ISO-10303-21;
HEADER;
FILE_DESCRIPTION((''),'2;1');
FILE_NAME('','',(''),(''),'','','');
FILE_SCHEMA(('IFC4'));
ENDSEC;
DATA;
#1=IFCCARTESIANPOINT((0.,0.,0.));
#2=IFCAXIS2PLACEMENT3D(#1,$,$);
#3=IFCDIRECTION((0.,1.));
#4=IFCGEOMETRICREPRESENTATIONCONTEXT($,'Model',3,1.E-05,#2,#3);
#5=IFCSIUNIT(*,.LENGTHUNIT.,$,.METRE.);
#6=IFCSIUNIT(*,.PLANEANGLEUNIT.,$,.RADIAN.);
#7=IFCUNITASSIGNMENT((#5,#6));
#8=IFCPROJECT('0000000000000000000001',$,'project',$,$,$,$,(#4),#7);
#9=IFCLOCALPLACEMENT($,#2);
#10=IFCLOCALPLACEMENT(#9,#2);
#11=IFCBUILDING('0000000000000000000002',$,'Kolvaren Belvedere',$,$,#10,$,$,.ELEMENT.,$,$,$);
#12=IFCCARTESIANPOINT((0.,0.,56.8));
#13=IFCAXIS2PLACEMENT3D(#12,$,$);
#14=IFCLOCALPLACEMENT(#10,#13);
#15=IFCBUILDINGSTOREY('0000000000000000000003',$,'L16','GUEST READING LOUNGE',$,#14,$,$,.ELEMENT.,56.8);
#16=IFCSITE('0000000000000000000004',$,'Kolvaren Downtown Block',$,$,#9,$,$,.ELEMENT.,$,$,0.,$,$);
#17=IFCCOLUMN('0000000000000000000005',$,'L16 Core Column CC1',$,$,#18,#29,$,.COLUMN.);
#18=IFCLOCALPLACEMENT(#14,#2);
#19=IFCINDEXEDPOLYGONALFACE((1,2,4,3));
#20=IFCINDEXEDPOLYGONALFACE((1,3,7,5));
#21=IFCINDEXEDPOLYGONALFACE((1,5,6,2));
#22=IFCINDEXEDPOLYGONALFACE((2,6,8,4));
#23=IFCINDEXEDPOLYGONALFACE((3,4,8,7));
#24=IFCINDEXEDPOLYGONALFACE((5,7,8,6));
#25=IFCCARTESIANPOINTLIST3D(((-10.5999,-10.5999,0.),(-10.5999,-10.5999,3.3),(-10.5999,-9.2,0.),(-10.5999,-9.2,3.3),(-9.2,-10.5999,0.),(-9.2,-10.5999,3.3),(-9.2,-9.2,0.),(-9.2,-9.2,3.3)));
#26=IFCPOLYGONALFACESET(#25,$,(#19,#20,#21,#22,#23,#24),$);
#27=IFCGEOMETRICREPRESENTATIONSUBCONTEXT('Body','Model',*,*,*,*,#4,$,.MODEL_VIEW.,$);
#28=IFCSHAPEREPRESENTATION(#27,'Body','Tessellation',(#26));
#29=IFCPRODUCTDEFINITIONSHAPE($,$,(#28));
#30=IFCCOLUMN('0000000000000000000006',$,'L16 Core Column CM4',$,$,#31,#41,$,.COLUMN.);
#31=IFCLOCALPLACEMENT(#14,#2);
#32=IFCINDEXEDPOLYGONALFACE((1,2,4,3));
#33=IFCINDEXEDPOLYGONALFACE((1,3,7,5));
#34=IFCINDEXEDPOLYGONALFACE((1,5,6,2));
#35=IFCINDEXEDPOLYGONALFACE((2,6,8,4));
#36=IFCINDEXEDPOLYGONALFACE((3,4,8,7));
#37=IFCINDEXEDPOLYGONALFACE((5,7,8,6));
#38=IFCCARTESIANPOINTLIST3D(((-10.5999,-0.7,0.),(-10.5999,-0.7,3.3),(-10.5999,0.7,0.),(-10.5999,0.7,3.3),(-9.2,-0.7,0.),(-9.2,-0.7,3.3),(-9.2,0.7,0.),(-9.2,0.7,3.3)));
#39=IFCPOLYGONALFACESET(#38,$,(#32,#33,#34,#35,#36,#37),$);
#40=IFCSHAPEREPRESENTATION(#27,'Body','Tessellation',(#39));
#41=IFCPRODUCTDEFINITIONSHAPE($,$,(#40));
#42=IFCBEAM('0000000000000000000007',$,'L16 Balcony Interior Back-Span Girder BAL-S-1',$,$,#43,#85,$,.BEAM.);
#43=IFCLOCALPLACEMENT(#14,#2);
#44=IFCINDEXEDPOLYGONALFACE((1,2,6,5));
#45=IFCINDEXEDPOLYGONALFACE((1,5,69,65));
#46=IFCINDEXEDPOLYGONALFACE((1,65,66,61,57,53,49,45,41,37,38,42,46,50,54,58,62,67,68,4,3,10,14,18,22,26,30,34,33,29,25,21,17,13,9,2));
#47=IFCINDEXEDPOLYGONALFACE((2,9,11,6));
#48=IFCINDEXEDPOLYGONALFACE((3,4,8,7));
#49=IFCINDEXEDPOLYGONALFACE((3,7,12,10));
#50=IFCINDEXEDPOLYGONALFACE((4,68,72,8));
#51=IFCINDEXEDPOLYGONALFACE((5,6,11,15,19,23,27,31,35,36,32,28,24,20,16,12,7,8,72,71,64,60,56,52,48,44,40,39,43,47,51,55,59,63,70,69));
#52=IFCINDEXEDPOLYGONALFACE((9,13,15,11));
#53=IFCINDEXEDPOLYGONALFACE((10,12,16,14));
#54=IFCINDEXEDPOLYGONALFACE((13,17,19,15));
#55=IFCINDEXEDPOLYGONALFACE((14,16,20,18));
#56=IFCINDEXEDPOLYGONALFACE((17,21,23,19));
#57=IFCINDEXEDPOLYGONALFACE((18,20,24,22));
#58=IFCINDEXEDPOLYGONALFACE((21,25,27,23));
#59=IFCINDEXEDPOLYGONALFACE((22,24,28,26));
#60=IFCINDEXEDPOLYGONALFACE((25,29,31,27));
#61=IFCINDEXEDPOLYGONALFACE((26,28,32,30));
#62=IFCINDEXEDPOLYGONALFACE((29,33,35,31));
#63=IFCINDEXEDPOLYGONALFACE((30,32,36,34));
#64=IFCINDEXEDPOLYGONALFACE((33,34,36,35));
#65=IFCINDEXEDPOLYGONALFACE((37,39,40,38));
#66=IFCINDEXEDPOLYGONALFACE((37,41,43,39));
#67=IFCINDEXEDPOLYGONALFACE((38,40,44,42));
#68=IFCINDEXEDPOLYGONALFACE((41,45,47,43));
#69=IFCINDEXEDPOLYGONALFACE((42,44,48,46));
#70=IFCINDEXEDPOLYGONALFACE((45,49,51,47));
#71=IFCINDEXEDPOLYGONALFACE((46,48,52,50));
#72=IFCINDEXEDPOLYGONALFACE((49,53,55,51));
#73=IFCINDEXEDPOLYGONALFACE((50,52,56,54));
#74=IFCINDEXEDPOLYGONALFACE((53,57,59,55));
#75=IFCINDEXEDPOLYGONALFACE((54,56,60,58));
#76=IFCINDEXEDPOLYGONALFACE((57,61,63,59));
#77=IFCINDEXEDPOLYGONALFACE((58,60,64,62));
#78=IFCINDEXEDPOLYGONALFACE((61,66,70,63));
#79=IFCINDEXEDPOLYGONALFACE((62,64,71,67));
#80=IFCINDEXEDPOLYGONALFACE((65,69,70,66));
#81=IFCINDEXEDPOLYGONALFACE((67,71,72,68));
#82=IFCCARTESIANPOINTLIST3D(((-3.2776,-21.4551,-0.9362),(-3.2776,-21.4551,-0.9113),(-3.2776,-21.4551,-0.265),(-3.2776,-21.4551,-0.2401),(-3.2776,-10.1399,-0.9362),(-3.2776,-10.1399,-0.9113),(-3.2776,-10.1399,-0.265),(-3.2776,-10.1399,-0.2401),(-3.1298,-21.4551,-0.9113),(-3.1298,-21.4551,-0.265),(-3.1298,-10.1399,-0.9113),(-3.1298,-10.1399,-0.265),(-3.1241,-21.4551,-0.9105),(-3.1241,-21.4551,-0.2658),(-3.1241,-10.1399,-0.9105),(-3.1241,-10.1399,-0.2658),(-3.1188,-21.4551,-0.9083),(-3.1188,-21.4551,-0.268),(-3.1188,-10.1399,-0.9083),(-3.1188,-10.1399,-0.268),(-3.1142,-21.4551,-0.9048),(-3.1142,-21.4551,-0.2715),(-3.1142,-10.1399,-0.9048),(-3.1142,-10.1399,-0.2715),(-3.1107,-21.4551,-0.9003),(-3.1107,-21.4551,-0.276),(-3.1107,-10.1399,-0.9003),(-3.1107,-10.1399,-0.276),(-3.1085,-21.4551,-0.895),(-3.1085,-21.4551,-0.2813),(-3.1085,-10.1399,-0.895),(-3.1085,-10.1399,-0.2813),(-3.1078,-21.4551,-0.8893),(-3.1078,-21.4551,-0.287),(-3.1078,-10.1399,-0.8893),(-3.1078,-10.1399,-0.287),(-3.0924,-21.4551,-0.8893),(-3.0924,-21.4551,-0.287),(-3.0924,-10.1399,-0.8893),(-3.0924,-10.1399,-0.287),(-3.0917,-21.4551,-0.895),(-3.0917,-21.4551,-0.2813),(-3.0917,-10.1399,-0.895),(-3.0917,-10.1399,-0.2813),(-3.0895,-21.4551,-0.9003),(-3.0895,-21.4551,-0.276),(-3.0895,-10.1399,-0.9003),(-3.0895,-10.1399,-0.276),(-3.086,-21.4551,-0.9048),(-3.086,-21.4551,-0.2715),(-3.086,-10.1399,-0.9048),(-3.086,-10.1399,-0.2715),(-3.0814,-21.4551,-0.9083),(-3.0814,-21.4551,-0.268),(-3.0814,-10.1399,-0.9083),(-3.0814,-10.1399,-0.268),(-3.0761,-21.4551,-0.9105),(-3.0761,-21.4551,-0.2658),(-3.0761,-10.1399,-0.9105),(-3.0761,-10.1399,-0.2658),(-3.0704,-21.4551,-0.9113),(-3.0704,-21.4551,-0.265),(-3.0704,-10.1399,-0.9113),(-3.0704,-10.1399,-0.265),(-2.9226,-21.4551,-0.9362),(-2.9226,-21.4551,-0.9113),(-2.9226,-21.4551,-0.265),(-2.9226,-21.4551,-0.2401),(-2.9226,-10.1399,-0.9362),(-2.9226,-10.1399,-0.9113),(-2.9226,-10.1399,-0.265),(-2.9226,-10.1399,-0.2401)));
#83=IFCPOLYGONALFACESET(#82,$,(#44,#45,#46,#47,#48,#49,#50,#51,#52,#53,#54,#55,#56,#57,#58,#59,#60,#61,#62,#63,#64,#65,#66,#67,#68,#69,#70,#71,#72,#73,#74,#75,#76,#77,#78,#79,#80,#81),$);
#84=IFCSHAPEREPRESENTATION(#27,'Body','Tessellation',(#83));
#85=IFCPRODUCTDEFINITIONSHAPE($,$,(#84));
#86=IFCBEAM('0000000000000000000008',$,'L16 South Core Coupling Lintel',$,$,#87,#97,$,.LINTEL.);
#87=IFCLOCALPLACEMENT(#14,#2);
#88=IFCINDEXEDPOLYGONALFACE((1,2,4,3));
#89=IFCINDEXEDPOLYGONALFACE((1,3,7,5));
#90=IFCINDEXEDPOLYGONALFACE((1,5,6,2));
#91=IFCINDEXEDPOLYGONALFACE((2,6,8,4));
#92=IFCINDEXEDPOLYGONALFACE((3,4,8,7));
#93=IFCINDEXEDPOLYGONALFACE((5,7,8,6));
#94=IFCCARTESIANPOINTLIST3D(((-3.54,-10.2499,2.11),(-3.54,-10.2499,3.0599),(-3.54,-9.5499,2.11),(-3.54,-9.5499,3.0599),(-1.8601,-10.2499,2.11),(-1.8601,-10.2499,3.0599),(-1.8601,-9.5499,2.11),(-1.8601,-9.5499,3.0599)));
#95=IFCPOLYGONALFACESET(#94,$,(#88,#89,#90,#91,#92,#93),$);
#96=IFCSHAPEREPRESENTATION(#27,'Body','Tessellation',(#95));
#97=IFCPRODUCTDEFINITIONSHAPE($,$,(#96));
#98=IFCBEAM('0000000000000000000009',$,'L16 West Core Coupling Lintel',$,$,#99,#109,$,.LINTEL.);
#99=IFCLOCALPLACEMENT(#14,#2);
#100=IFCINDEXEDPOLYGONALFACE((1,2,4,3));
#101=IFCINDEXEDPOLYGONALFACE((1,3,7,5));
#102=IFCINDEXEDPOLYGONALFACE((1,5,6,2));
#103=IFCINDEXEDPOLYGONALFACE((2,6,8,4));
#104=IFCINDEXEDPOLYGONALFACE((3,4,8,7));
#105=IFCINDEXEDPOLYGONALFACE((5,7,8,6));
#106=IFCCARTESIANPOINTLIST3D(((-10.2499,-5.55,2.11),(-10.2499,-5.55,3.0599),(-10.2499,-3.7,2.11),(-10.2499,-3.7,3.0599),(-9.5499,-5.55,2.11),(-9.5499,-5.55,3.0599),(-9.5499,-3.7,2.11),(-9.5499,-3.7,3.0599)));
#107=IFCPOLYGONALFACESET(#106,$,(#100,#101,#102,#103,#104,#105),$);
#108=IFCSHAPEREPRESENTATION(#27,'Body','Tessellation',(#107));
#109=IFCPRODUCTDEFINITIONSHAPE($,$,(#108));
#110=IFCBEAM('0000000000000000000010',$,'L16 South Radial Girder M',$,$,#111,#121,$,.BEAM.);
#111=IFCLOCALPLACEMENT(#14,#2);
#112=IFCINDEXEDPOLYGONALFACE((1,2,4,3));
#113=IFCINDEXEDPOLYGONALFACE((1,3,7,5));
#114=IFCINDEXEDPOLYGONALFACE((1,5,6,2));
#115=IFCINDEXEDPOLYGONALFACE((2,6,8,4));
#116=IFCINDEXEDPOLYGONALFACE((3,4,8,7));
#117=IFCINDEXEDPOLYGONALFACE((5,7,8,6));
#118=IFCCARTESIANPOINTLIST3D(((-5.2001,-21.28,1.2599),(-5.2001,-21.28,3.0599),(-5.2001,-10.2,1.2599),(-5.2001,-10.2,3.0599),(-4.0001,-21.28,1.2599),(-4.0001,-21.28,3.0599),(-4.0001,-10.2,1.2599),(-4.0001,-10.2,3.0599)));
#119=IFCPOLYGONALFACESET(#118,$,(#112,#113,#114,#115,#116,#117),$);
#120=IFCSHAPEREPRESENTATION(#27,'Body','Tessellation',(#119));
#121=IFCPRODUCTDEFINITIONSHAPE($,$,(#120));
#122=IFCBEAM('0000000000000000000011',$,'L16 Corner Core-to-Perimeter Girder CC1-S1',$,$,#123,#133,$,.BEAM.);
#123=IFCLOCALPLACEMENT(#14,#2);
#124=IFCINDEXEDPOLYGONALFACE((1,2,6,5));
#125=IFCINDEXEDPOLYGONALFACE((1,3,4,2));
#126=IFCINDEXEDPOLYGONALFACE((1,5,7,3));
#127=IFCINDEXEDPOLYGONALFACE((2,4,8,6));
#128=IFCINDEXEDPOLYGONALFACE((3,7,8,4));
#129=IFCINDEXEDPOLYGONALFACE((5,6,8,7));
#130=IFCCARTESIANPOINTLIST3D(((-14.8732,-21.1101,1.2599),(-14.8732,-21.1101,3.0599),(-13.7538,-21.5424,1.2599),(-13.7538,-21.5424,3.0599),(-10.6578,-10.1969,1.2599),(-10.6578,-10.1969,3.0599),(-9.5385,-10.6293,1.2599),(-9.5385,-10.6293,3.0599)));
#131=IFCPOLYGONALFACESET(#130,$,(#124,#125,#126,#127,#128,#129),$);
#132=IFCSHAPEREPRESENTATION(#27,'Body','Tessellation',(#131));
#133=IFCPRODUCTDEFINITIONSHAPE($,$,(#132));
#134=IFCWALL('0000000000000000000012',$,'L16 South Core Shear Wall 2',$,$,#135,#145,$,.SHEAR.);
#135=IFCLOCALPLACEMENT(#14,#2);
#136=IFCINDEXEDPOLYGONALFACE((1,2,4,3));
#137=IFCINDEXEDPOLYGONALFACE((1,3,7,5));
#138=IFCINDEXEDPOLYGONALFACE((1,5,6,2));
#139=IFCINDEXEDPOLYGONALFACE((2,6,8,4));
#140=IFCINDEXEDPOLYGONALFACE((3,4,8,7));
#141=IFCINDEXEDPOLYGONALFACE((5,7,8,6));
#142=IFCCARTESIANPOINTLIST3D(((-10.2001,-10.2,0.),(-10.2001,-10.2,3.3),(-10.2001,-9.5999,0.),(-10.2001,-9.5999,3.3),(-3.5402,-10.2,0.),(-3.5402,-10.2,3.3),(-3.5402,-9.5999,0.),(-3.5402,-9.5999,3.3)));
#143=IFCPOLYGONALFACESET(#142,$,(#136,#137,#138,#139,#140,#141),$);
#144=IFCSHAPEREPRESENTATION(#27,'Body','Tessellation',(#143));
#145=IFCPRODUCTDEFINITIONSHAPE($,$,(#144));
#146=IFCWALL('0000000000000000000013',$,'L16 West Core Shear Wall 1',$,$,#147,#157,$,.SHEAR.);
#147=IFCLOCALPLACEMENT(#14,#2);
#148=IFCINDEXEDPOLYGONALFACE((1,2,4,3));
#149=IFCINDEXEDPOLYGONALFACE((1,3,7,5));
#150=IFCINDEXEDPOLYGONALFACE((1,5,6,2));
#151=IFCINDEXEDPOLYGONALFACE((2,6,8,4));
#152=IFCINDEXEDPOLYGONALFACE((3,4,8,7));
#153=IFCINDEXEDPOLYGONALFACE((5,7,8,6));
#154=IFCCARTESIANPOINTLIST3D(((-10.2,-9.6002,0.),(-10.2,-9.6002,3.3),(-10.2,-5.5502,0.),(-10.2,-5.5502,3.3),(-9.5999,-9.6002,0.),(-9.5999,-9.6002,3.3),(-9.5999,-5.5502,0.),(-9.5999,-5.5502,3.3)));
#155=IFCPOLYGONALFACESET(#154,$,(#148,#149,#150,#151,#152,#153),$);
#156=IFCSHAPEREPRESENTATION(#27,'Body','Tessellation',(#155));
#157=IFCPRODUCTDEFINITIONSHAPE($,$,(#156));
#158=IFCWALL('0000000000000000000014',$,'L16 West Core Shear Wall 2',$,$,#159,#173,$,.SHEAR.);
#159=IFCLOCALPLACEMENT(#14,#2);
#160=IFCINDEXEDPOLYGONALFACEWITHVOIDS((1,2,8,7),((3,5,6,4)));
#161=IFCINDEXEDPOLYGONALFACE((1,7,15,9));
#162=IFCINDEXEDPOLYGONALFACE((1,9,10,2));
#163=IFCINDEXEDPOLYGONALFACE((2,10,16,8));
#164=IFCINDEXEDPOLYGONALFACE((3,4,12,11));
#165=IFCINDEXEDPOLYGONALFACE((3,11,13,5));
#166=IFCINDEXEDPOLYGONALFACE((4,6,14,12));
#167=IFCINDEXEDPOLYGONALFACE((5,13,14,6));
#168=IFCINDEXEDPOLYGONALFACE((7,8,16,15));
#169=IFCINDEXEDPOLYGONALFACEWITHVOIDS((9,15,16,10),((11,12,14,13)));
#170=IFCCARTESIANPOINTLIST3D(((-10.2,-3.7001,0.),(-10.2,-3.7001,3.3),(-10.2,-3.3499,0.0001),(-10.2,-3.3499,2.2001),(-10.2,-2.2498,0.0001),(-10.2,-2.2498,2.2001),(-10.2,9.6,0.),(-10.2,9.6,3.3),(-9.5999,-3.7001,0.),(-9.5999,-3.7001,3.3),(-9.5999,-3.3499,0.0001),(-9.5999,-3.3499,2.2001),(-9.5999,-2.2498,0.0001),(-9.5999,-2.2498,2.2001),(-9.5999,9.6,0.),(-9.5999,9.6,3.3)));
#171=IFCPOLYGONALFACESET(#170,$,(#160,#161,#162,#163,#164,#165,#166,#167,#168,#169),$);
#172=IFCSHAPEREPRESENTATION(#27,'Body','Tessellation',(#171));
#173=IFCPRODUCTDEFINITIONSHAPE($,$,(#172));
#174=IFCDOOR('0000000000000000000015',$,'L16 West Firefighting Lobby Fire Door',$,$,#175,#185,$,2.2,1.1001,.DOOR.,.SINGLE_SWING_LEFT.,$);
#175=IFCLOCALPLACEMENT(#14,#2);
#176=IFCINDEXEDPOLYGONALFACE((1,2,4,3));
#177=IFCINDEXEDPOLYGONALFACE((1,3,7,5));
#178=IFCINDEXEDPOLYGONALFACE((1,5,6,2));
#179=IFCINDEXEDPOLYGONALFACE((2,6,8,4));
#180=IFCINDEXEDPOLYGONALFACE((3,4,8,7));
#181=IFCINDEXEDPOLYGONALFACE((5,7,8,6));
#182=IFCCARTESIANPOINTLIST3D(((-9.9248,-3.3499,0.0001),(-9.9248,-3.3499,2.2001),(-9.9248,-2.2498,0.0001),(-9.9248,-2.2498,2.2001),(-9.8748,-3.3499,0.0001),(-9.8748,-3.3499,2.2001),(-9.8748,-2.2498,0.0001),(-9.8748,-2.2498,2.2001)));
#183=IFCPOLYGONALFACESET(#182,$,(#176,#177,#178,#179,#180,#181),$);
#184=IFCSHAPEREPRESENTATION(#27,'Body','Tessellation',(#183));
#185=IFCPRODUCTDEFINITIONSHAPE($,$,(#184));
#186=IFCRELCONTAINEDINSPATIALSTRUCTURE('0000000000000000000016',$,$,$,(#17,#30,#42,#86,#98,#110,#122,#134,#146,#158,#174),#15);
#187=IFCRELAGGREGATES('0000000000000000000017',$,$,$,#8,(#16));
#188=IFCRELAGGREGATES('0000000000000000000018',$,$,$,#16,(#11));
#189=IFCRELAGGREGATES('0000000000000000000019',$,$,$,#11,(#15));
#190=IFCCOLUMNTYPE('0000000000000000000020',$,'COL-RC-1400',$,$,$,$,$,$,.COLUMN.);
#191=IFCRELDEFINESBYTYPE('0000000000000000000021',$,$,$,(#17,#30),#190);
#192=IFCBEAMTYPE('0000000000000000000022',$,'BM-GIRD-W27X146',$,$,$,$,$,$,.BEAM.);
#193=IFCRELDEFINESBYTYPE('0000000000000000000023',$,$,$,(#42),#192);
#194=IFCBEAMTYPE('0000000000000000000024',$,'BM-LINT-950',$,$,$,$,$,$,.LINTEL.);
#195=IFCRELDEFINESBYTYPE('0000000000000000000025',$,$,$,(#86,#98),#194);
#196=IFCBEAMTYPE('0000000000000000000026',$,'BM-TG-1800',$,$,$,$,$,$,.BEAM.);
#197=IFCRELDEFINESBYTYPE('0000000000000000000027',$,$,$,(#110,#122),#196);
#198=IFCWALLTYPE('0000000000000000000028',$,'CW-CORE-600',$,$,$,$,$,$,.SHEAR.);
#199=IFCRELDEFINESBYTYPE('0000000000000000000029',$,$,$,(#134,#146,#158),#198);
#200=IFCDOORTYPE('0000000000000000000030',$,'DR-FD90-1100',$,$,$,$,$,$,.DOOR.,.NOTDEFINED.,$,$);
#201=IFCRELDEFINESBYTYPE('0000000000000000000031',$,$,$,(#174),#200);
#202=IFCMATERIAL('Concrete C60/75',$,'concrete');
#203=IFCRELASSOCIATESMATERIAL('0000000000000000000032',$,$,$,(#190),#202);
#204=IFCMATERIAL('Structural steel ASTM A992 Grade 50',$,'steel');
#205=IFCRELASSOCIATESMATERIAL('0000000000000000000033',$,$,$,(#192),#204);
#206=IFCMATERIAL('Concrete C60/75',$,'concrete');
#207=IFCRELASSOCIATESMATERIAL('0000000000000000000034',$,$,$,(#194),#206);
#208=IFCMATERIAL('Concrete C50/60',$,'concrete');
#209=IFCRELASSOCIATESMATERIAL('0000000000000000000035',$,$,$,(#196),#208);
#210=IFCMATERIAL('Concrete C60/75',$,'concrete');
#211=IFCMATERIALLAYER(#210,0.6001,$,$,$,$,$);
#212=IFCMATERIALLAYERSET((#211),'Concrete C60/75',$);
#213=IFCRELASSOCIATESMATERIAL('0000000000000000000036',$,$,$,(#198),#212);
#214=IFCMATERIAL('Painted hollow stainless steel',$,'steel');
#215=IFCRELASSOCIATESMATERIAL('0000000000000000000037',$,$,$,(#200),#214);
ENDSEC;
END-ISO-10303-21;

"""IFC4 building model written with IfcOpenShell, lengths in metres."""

from ifc_helpers import new_model, si_unit, direction, frame, frame_2d, origin, origin_2d, place, context, subcontext, project, spatial, rectangle, i_section, extrude, material, layer, layer_set, material_profile, profile_set, type_object, element, fill, save


model = new_model("IFC4")

# Units and contexts
model_context = context("Model", 3, precision=1e-05, world=origin(), true_north=direction((0.0, 1.0)))
body_context = subcontext(model_context, "Body", "Model", "MODEL_VIEW")
ifc_project = project(units=[si_unit("LENGTHUNIT", "METRE"), si_unit("PLANEANGLEUNIT", "RADIAN")], contexts=[model_context])

# Site, building, storey
site_placement = place(None, origin())
site = spatial("IfcSite", under=ifc_project, at=site_placement, Name="Kolvaren Downtown Block", CompositionType="ELEMENT", RefElevation=0.0)
building_placement = place(site_placement, origin())
building = spatial("IfcBuilding", under=site, at=building_placement, Name="Kolvaren Belvedere", CompositionType="ELEMENT")
storey_placement = place(building_placement, frame((0.0, 0.0, 56.8)))
storey = spatial("IfcBuildingStorey", under=building, at=storey_placement, Name="L16", Description="GUEST READING LOUNGE", CompositionType="ELEMENT", Elevation=56.8)

# Columns
ifc_material_1 = material(Name="Concrete C60/75", Category="concrete")
ifc_material_profile_1 = material_profile(ifc_material_1, rectangle(XDim=1.3999, YDim=1.3999, at=origin_2d()), Name="RC 1400X1400")
ifc_profile_set_1 = profile_set([ifc_material_profile_1], Name="Concrete C60/75")
column_type = type_object("IfcColumnType", Name="COL-RC-1400", PredefinedType="COLUMN", material=ifc_profile_set_1)
for number, where, z_axis, x_axis, name in (
    (1, (-9.8999, -9.8999, 0.0), (0.0, 0.0, 1.0), (1.0, 0.0, 0.0), "L16 Core Column CC1"),
    (2, (-9.8999, 0.0, 0.0), (0.0, 0.0, 1.0), (1.0, 0.0, 0.0), "L16 Core Column CM4"),
):
    element("IfcColumn", number, at=place(storey_placement, frame(where, z_axis=z_axis, x_axis=x_axis)), inside=storey, type_object=column_type, Name=name, PredefinedType="COLUMN", context=body_context, shape_type="SweptSolid", body=[
        extrude(rectangle(XDim=1.3999, YDim=1.3999, at=origin_2d()), origin(), (0.0, 0.0, 1.0), 3.3),
    ])

# Beams
ifc_material_2 = material(Name="Structural steel ASTM A992 Grade 50", Category="steel")
ifc_material_profile_2 = material_profile(ifc_material_2, i_section(OverallWidth=0.355, OverallDepth=0.696, WebThickness=0.0154, FlangeThickness=0.0249, FilletRadius=0.022, at=origin_2d()), Name="W27X146")
ifc_profile_set_2 = profile_set([ifc_material_profile_2], Name="Structural steel ASTM A992 Grade 50")
beam_type_1 = type_object("IfcBeamType", Name="BM-GIRD-W27X146", PredefinedType="BEAM", material=ifc_profile_set_2)
beam_1_placement = place(storey_placement, frame((-3.1001, -10.1399, -0.5881), z_axis=(0.0, -1.0, 0.0), x_axis=(1.0, 0.0, 0.0)))
element("IfcBeam", 3, at=beam_1_placement, inside=storey, type_object=beam_type_1, Name="L16 Balcony Interior Back-Span Girder BAL-S-1", PredefinedType="BEAM", context=body_context, shape_type="SweptSolid", body=[
    extrude(i_section(OverallWidth=0.355, OverallDepth=0.696, WebThickness=0.0154, FlangeThickness=0.0249, FilletRadius=0.022, at=origin_2d()), origin(), (0.0, 0.0, 1.0), 11.3152),
])
ifc_material_3 = material(Name="Concrete C60/75", Category="concrete")
ifc_material_profile_3 = material_profile(ifc_material_3, rectangle(XDim=0.7, YDim=0.95, at=origin_2d()), Name="RC 700X950")
ifc_profile_set_3 = profile_set([ifc_material_profile_3], Name="Concrete C60/75")
beam_type_2 = type_object("IfcBeamType", Name="BM-LINT-950", PredefinedType="LINTEL", material=ifc_profile_set_3)
beam_2_placement = place(storey_placement, frame((-3.54, -9.8999, 2.585), z_axis=(1.0, 0.0, 0.0), x_axis=(0.0, 1.0, 0.0)))
element("IfcBeam", 4, at=beam_2_placement, inside=storey, type_object=beam_type_2, Name="L16 South Core Coupling Lintel", PredefinedType="LINTEL", context=body_context, shape_type="SweptSolid", body=[
    extrude(rectangle(XDim=0.7, YDim=0.95, at=origin_2d()), origin(), (0.0, 0.0, 1.0), 1.6799),
])
beam_3_placement = place(storey_placement, frame((-9.8999, -5.55, 2.585), z_axis=(0.0, 1.0, 0.0), x_axis=(-1.0, 0.0, 0.0)))
element("IfcBeam", 5, at=beam_3_placement, inside=storey, type_object=beam_type_2, Name="L16 West Core Coupling Lintel", PredefinedType="LINTEL", context=body_context, shape_type="SweptSolid", body=[
    extrude(rectangle(XDim=0.7, YDim=0.95, at=origin_2d()), origin(), (0.0, 0.0, 1.0), 1.8501),
])
ifc_material_4 = material(Name="Concrete C50/60", Category="concrete")
ifc_material_profile_4 = material_profile(ifc_material_4, rectangle(XDim=1.2, YDim=1.8, at=origin_2d()), Name="RC 1200X1800")
ifc_profile_set_4 = profile_set([ifc_material_profile_4], Name="Concrete C50/60")
beam_type_3 = type_object("IfcBeamType", Name="BM-TG-1800", PredefinedType="BEAM", material=ifc_profile_set_4)
beam_4_placement = place(storey_placement, frame((-4.6001, -10.2, 2.1599), z_axis=(0.0, -1.0, 0.0), x_axis=(1.0, 0.0, 0.0)))
element("IfcBeam", 6, at=beam_4_placement, inside=storey, type_object=beam_type_3, Name="L16 South Radial Girder M", PredefinedType="BEAM", context=body_context, shape_type="SweptSolid", body=[
    extrude(rectangle(XDim=1.2, YDim=1.8, at=origin_2d()), origin(), (0.0, 0.0, 1.0), 11.0801),
])
beam_5_placement = place(storey_placement, frame((-10.0981, -10.4131, 2.1599), z_axis=(-0.360318, -0.932829, 0.0), x_axis=(0.932829, -0.360318, 0.0)))
element("IfcBeam", 7, at=beam_5_placement, inside=storey, type_object=beam_type_3, Name="L16 Corner Core-to-Perimeter Girder CC1-S1", PredefinedType="BEAM", context=body_context, shape_type="SweptSolid", body=[
    extrude(rectangle(XDim=1.2, YDim=1.8, at=origin_2d()), origin(), (0.0, 0.0, 1.0), 11.699),
])

# Walls
ifc_material_5 = material(Name="Concrete C60/75", Category="concrete")
ifc_layer_1 = layer(ifc_material_5, 0.6001)
ifc_layer_set_1 = layer_set([ifc_layer_1], Name="Concrete C60/75")
wall_type_1 = type_object("IfcWallType", Name="CW-CORE-600", PredefinedType="SHEAR", material=ifc_layer_set_1)
wall_1_placement = place(storey_placement, frame((-3.54, -9.8999, 0.0), z_axis=(0.0, 0.0, 1.0), x_axis=(-1.0, 0.0, 0.0)))
element("IfcWall", 8, at=wall_1_placement, inside=storey, type_object=wall_type_1, Name="L16 South Core Shear Wall 2", PredefinedType="SHEAR", context=body_context, shape_type="SweptSolid", body=[
    extrude(rectangle(XDim=6.6599, YDim=0.6001, at=frame_2d((3.3301, 0.0))), origin(), (0.0, 0.0, 1.0), 3.3),
])
wall_2_placement = place(storey_placement, frame((-9.8999, -9.6001, 0.0), z_axis=(0.0, 0.0, 1.0), x_axis=(0.0, 1.0, 0.0)))
element("IfcWall", 9, at=wall_2_placement, inside=storey, type_object=wall_type_1, Name="L16 West Core Shear Wall 1", PredefinedType="SHEAR", context=body_context, shape_type="SweptSolid", body=[
    extrude(rectangle(XDim=4.05, YDim=0.6001, at=frame_2d((2.0249, 0.0))), origin(), (0.0, 0.0, 1.0), 3.3),
])

# Wall, opening, door
wall_3_placement = place(storey_placement, frame((-9.8999, -3.7, 0.0), z_axis=(0.0, 0.0, 1.0), x_axis=(0.0, 1.0, 0.0)))
wall_3 = element("IfcWall", 10, at=wall_3_placement, inside=storey, type_object=wall_type_1, Name="L16 West Core Shear Wall 2", PredefinedType="SHEAR", context=body_context, shape_type="SweptSolid", body=[
    extrude(rectangle(XDim=13.3, YDim=0.6001, at=frame_2d((6.6499, 0.0))), origin(), (0.0, 0.0, 1.0), 3.3),
])
opening_1_placement = place(wall_3_placement, frame((0.3501, 0.0, 0.0)))
opening_1 = element("IfcOpeningElement", 11, at=opening_1_placement, cuts=wall_3, PredefinedType="OPENING", context=body_context, shape_type="SweptSolid", body=[
    extrude(rectangle(XDim=1.1001, YDim=2.2, at=frame_2d((0.55, 1.1001))), frame((0.0, 0.3101, 0.0), z_axis=(0.0, -1.0, 0.0), x_axis=(1.0, 0.0, 0.0)), (0.0, 0.0, 1.0), 0.6201),
])
ifc_material_6 = material(Name="Painted hollow stainless steel", Category="steel")
door_type_1 = type_object("IfcDoorType", Name="DR-FD90-1100", OperationType="NOTDEFINED", PredefinedType="DOOR", material=ifc_material_6)
door_1_placement = place(opening_1_placement, origin())
door_1 = element("IfcDoor", 12, at=door_1_placement, inside=storey, type_object=door_type_1, Name="L16 West Firefighting Lobby Fire Door", OperationType="SINGLE_SWING_LEFT", OverallHeight=2.2, OverallWidth=1.1001, PredefinedType="DOOR", context=body_context, shape_type="SweptSolid", body=[
    extrude(rectangle(XDim=1.1001, YDim=2.2, at=frame_2d((0.55, 1.1001))), frame((0.0, 0.0249, 0.0), z_axis=(0.0, -1.0, 0.0), x_axis=(1.0, 0.0, 0.0)), (0.0, 0.0, 1.0), 0.05),
])
fill(opening_1, door_1)

save(model, "model.ifc")
